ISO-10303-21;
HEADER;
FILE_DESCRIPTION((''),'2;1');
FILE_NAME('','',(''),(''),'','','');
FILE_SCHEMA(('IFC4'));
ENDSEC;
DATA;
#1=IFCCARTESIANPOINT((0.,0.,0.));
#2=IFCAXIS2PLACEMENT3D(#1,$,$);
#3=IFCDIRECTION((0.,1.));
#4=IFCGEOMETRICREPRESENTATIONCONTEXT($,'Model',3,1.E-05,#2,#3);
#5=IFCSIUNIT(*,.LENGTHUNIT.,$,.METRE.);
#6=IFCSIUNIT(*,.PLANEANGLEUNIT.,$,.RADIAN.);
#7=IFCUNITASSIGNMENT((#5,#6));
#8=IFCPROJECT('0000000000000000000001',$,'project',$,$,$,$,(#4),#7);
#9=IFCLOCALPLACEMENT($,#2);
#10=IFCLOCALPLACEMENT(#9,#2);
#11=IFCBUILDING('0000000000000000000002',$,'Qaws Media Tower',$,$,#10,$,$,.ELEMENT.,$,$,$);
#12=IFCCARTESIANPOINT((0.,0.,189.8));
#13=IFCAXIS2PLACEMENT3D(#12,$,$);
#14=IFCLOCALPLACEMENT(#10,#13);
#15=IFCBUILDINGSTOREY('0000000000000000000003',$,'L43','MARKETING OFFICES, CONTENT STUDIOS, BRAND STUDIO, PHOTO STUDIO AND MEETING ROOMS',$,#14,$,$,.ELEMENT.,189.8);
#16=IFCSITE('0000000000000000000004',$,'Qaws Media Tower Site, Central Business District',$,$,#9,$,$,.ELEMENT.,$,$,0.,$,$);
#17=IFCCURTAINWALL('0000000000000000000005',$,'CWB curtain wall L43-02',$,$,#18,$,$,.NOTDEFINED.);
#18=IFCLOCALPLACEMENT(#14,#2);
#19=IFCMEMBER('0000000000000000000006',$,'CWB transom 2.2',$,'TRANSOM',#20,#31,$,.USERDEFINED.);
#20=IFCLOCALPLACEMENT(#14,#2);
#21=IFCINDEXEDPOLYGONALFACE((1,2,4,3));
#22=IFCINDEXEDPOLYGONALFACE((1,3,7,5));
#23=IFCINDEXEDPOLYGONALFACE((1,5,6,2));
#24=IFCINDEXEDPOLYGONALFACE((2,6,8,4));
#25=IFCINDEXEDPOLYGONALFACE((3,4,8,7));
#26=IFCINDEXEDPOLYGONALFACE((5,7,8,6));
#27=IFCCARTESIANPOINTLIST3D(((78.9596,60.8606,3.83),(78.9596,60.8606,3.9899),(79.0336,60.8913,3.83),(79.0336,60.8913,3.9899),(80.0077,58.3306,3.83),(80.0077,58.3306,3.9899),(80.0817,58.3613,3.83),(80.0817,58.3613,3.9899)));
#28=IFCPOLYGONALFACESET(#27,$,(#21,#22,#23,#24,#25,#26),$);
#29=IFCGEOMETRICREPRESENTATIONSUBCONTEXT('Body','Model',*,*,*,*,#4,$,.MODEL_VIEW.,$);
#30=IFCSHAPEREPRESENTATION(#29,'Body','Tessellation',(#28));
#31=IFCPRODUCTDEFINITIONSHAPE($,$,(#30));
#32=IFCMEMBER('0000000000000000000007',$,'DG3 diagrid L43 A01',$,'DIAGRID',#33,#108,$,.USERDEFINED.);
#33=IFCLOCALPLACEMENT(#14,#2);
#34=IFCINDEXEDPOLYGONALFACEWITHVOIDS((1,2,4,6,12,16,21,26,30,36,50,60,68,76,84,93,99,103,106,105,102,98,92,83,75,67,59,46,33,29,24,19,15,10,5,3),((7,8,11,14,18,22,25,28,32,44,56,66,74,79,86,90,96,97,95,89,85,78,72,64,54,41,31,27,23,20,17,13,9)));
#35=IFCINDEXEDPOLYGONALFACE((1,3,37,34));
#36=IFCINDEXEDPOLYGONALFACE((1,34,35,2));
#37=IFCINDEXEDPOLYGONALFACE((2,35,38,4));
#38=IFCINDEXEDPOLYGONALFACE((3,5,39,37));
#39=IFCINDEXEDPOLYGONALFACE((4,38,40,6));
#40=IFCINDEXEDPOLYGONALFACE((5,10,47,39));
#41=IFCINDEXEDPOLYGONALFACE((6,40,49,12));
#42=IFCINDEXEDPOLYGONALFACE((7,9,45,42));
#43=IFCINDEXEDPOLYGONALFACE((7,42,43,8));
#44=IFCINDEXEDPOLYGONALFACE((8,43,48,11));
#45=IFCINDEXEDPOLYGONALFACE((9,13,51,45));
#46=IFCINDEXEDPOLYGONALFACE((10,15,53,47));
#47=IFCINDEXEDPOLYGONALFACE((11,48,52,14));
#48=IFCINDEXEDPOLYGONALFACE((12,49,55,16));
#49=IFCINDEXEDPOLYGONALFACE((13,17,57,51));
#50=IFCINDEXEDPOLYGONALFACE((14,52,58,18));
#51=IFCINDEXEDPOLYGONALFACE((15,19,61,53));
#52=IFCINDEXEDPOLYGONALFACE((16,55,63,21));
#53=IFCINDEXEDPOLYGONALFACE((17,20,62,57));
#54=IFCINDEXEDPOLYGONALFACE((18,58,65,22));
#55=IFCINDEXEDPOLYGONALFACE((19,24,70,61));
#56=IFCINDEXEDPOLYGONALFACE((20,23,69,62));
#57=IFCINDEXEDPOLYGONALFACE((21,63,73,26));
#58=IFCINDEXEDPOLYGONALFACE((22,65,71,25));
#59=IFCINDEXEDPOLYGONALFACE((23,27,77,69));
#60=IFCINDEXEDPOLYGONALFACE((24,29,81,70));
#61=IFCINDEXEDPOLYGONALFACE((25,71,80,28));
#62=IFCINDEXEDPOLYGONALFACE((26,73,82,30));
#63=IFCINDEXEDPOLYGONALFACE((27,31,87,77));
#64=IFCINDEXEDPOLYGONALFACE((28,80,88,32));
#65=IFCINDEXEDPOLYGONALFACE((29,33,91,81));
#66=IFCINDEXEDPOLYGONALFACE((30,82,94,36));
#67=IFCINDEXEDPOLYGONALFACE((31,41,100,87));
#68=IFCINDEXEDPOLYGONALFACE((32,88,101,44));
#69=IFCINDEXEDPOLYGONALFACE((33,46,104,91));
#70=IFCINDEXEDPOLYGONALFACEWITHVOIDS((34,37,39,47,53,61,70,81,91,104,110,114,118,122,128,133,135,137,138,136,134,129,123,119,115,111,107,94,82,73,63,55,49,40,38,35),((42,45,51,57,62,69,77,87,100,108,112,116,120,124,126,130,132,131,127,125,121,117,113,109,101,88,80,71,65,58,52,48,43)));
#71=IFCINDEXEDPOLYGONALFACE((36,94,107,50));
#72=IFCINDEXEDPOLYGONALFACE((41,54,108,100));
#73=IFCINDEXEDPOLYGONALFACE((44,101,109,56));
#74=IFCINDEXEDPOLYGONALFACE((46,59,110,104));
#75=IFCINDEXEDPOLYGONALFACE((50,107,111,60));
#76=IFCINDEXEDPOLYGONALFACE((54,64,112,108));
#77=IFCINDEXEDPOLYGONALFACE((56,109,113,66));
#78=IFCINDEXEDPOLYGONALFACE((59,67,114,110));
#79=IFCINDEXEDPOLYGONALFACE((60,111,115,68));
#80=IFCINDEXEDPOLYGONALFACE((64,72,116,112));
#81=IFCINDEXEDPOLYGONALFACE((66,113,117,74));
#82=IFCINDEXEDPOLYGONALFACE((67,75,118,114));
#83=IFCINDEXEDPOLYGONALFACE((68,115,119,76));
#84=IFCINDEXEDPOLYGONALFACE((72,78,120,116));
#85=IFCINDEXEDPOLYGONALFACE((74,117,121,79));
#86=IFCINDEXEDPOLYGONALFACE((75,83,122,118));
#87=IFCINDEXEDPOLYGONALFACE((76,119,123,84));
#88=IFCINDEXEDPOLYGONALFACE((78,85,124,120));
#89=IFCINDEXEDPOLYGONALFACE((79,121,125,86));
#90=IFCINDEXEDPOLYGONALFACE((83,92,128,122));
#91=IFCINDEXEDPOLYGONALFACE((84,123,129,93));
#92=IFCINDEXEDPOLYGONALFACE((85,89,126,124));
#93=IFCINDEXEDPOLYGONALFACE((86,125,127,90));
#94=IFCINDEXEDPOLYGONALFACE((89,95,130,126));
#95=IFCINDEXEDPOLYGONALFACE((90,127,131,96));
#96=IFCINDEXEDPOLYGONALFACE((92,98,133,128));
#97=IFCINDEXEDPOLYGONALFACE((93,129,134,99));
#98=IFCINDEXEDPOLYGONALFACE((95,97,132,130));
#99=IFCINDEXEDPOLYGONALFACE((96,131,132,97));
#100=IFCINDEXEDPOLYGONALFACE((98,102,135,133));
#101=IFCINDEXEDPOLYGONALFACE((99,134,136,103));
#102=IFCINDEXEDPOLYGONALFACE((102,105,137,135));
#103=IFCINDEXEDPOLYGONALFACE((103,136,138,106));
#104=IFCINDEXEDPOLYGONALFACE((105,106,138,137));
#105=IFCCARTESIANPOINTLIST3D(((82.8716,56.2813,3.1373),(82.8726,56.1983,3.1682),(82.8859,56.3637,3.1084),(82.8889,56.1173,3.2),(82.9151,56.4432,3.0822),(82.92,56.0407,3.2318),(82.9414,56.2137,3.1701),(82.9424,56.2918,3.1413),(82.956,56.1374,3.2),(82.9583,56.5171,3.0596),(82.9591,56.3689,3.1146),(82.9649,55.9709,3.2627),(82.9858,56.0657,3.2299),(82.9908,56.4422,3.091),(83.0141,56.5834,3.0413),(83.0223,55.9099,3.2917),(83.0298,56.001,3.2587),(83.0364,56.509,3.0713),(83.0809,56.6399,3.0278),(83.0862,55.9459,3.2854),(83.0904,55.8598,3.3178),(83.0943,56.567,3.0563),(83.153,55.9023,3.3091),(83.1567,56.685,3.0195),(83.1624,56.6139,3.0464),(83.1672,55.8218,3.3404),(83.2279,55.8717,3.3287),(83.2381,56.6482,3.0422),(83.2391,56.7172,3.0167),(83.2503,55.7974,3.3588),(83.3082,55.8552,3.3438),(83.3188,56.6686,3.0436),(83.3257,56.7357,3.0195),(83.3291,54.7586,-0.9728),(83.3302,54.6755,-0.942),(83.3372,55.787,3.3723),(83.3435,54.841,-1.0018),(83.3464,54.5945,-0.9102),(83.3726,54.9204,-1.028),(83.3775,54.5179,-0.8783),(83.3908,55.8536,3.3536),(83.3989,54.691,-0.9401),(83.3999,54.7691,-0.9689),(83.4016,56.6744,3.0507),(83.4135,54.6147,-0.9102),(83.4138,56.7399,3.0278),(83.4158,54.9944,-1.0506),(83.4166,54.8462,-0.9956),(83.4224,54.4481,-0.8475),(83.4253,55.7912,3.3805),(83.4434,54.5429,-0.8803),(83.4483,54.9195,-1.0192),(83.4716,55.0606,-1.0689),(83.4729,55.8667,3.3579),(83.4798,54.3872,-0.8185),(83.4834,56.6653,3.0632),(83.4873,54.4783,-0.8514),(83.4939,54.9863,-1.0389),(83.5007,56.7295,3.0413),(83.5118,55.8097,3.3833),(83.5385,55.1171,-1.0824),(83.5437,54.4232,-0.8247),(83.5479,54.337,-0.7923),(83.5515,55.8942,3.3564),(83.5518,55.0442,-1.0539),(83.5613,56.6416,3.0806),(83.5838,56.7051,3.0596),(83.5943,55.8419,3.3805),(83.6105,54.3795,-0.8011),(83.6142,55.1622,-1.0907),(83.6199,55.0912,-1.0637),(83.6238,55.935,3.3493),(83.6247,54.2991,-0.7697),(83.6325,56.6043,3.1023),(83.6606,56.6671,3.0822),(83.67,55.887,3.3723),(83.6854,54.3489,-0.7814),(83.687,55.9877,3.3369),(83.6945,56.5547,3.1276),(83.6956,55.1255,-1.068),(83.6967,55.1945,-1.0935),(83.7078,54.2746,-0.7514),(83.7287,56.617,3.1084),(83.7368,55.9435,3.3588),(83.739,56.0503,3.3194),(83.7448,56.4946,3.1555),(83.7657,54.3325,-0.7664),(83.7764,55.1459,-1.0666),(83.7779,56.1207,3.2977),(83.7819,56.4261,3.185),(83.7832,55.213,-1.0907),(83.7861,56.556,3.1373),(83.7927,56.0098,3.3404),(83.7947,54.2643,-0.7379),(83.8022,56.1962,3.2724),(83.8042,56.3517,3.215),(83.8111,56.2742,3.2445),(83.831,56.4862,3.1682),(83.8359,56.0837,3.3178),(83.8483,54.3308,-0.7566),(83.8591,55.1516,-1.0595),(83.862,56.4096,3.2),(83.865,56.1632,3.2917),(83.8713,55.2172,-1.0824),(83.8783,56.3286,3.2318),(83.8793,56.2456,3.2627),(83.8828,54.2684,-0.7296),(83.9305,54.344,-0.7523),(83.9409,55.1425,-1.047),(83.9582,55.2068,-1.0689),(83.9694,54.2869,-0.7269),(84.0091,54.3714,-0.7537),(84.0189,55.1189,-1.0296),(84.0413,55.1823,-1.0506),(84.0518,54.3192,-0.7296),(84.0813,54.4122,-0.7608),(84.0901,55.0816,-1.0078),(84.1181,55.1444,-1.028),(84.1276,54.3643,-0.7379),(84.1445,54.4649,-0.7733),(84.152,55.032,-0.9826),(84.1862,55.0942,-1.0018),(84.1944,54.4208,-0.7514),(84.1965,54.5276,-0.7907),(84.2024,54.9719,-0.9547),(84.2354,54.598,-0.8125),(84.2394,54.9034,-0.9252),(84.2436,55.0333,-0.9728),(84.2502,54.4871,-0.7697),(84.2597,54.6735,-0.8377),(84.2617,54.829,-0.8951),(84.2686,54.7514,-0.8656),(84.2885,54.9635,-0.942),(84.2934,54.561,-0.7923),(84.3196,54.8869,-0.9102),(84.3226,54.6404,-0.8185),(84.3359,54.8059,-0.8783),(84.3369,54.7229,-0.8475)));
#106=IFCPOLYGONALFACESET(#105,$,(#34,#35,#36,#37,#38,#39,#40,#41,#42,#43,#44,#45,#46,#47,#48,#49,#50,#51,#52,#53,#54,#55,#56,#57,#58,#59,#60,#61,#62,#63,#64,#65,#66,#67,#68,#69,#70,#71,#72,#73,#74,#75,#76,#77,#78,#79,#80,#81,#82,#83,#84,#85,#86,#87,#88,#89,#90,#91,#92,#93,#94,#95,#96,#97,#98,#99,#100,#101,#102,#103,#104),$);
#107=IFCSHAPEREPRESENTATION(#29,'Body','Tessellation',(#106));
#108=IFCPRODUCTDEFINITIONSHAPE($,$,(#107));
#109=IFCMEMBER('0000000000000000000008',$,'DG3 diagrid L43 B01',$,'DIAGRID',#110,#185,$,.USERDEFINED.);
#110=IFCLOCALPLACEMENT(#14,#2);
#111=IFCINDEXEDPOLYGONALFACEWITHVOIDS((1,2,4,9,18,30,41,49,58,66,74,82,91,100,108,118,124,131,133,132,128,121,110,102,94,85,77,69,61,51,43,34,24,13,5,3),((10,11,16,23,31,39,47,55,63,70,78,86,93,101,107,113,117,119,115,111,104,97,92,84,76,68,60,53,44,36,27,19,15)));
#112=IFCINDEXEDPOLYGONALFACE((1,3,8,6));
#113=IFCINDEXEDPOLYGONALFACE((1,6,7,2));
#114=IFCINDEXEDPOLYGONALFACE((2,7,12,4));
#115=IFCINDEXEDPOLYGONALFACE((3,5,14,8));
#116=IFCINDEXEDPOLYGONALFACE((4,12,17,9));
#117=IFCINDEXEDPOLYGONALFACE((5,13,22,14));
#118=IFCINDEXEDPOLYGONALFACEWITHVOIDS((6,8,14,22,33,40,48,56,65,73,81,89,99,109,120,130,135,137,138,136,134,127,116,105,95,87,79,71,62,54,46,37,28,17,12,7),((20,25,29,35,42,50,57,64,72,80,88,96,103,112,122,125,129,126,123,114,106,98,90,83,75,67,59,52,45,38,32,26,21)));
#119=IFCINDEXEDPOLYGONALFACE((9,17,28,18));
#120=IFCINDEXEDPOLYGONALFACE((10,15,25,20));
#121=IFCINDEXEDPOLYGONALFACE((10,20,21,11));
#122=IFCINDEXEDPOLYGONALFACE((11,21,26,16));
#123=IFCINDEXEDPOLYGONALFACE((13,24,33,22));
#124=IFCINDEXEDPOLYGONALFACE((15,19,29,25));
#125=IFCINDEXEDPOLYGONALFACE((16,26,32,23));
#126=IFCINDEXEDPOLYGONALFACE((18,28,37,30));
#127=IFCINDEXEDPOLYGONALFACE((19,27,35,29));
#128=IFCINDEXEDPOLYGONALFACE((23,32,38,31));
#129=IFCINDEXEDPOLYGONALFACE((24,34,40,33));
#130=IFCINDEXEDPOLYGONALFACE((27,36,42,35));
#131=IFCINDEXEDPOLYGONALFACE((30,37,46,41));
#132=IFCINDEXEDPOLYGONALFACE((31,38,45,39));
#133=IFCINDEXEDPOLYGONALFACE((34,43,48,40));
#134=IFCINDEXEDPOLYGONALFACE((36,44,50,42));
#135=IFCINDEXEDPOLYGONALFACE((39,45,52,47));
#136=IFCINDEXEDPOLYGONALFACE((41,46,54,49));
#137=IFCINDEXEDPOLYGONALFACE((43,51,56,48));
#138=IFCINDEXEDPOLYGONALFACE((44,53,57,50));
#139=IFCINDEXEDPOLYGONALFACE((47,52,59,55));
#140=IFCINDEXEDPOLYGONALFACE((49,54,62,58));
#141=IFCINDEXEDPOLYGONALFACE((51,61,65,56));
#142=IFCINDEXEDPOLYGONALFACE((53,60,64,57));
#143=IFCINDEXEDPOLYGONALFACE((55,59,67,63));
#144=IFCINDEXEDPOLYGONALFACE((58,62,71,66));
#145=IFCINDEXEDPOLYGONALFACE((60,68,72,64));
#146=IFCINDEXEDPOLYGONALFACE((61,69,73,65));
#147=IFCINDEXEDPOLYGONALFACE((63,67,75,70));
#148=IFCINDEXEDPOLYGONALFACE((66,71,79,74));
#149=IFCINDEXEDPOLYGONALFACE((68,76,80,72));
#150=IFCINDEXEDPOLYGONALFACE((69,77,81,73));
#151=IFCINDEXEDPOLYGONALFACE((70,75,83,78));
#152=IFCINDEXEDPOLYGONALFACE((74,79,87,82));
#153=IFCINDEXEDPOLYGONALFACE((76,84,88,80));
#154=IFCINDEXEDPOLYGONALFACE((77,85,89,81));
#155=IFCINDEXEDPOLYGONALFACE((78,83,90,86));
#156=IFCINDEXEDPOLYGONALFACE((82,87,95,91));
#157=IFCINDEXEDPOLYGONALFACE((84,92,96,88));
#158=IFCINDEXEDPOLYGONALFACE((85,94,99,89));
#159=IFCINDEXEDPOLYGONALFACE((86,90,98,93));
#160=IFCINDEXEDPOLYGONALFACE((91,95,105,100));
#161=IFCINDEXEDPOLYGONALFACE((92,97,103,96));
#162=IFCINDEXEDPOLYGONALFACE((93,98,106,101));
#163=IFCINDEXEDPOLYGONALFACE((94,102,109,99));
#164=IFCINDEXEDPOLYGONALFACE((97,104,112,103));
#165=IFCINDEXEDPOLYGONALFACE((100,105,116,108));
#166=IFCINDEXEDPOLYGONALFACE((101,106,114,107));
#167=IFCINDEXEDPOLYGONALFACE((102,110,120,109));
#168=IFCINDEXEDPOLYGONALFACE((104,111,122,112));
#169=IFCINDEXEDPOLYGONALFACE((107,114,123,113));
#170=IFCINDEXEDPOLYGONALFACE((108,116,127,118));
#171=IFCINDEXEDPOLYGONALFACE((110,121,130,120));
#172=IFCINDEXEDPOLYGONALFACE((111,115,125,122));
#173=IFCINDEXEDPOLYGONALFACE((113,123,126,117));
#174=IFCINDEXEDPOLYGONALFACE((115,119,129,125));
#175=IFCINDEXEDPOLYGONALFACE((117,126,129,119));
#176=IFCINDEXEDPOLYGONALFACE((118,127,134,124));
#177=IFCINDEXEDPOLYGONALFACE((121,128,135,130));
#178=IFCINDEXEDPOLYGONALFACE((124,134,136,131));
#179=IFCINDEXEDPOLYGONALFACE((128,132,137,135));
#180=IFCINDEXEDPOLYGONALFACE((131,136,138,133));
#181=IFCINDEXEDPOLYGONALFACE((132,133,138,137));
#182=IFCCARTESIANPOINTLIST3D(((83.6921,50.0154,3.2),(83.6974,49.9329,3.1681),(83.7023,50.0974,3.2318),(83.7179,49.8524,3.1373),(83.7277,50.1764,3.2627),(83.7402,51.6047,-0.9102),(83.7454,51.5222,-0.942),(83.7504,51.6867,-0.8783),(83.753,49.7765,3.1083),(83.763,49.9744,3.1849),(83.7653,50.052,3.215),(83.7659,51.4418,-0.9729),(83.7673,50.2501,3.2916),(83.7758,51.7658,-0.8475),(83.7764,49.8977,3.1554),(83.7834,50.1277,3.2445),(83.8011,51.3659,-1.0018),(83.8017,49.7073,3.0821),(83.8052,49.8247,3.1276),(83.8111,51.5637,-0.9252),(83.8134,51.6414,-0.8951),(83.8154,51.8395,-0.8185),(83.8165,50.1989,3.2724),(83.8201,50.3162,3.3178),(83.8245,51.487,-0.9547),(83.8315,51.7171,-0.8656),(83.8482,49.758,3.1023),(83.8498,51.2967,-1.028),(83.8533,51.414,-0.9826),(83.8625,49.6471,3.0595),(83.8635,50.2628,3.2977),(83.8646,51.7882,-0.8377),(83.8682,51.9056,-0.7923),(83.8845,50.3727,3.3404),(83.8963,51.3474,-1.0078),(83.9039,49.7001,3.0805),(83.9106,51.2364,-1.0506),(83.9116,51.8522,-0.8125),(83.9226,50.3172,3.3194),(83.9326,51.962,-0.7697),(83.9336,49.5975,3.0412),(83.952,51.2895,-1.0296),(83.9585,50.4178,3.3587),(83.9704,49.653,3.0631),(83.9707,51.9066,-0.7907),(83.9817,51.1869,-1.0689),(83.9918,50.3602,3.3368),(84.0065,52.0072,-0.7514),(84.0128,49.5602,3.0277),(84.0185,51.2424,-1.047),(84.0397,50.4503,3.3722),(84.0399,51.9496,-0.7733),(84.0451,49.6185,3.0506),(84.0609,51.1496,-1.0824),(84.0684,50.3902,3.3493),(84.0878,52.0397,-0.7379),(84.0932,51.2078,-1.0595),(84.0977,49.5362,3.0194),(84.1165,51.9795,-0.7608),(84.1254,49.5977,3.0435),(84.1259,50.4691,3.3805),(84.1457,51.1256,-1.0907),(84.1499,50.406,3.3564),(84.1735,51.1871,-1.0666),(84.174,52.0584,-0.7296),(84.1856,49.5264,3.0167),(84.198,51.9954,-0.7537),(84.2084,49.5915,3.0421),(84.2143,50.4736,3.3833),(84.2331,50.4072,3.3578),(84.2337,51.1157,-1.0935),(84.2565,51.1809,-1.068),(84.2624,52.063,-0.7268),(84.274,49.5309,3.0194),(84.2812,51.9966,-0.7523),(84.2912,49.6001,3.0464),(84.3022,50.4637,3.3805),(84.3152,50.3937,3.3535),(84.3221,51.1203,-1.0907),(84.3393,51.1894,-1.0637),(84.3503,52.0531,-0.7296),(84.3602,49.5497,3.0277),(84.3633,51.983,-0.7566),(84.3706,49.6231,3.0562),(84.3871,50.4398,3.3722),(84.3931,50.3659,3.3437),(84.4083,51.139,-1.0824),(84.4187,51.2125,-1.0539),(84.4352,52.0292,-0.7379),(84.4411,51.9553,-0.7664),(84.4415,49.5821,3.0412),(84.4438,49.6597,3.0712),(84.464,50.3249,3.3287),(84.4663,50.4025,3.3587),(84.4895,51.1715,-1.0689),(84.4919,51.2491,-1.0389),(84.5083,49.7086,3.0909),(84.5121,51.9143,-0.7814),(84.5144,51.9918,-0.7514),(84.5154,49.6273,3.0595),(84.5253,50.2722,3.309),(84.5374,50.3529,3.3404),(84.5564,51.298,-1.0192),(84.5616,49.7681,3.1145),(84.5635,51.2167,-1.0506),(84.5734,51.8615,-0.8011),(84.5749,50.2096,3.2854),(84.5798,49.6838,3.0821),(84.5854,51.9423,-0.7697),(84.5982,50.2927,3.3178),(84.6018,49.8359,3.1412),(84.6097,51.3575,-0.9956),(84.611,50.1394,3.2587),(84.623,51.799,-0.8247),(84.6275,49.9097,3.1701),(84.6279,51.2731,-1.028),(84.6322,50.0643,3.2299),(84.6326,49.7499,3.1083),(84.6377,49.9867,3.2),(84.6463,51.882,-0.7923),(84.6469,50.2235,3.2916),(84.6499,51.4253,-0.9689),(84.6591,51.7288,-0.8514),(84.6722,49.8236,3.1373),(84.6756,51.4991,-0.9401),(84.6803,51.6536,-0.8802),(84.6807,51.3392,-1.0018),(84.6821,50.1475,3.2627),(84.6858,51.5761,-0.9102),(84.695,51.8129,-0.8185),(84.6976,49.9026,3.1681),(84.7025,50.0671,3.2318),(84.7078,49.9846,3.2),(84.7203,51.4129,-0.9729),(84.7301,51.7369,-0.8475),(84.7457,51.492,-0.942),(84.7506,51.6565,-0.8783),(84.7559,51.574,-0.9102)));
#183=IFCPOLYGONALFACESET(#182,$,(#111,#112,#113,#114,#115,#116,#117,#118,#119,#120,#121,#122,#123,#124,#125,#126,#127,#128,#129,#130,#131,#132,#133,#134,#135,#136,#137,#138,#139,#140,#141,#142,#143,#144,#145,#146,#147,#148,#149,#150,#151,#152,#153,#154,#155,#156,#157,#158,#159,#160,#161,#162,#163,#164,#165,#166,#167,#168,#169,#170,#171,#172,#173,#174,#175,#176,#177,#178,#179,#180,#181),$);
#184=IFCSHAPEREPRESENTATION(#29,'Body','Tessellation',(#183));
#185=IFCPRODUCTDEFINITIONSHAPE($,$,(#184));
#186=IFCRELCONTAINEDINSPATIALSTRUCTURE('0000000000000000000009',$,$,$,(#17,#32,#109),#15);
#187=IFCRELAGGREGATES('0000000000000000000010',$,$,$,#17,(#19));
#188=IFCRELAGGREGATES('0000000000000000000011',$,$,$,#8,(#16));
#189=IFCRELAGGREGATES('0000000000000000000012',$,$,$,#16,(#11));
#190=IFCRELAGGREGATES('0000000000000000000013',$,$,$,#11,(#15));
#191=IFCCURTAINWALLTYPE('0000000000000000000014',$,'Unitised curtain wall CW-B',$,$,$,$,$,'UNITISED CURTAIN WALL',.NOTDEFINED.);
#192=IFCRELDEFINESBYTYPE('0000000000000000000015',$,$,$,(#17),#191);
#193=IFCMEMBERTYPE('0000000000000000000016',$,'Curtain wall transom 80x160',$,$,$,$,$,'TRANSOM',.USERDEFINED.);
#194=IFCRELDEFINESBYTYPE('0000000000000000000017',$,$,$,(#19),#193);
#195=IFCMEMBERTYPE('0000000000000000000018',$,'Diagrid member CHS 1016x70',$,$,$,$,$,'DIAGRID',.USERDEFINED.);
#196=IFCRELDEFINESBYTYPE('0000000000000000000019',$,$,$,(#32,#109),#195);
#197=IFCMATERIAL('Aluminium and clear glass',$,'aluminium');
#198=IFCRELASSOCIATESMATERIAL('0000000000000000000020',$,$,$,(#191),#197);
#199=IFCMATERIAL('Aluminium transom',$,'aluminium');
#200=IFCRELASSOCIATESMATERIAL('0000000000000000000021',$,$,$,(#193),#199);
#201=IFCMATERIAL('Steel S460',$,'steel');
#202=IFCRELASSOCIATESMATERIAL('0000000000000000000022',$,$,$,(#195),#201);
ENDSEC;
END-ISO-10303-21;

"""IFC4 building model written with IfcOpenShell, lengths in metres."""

from ifc_helpers import new_model, si_unit, direction, frame, origin, origin_2d, place, context, subcontext, project, spatial, rectangle, hollow_circle, extrude, material, material_profile, profile_set, type_object, element, aggregate, save


model = new_model("IFC4")

# Units and contexts
model_context = context("Model", 3, precision=1e-05, world=origin(), true_north=direction((0.0, 1.0)))
body_context = subcontext(model_context, "Body", "Model", "MODEL_VIEW")
ifc_project = project(units=[si_unit("LENGTHUNIT", "METRE"), si_unit("PLANEANGLEUNIT", "RADIAN")], contexts=[model_context])

# Site, building, storey
site_placement = place(None, origin())
site = spatial("IfcSite", under=ifc_project, at=site_placement, Name="Qaws Media Tower Site, Central Business District", CompositionType="ELEMENT", RefElevation=0.0)
building_placement = place(site_placement, origin())
building = spatial("IfcBuilding", under=site, at=building_placement, Name="Qaws Media Tower", CompositionType="ELEMENT")
storey_placement = place(building_placement, frame((0.0, 0.0, 189.8)))
storey = spatial("IfcBuildingStorey", under=building, at=storey_placement, Name="L43", Description="MARKETING OFFICES, CONTENT STUDIOS, BRAND STUDIO, PHOTO STUDIO AND MEETING ROOMS", CompositionType="ELEMENT", Elevation=189.8)

# Curtain wall
ifc_material_1 = material(Name="Aluminium and clear glass", Category="aluminium")
curtain_wall_type = type_object("IfcCurtainWallType", Name="Unitised curtain wall CW-B", ElementType="UNITISED CURTAIN WALL", PredefinedType="NOTDEFINED", material=ifc_material_1)
curtain_wall_1_placement = place(storey_placement, origin())
curtain_wall_1 = element("IfcCurtainWall", 1, at=curtain_wall_1_placement, inside=storey, type_object=curtain_wall_type, Name="CWB curtain wall L43-02", PredefinedType="NOTDEFINED")

# Member
ifc_material_2 = material(Name="Aluminium transom", Category="aluminium")
ifc_material_profile_1 = material_profile(ifc_material_2, rectangle(XDim=0.0801, YDim=0.1599, at=origin_2d()), Name="80x160")
ifc_profile_set_1 = profile_set([ifc_material_profile_1], Name="Aluminium transom")
member_type_1 = type_object("IfcMemberType", Name="Curtain wall transom 80x160", ElementType="TRANSOM", PredefinedType="USERDEFINED", material=ifc_profile_set_1)
member_1_placement = place(storey_placement, frame((80.0447, 58.3459, 3.9099), z_axis=(-0.382722, 0.923864, 0.0), x_axis=(-0.923864, -0.382722, 0.0)))
member_1 = element("IfcMember", 2, at=member_1_placement, type_object=member_type_1, Name="CWB transom 2.2", ObjectType="TRANSOM", PredefinedType="USERDEFINED", context=body_context, shape_type="SweptSolid", body=[
    extrude(rectangle(XDim=0.0801, YDim=0.1599, at=origin_2d()), origin(), (0.0, 0.0, 1.0), 2.7385),
])

# Members
ifc_material_3 = material(Name="Steel S460", Category="steel")
ifc_material_profile_2 = material_profile(ifc_material_3, hollow_circle(Radius=0.5081, WallThickness=0.0701, at=origin_2d()), Name="CHS 1016x70")
ifc_profile_set_2 = profile_set([ifc_material_profile_2], Name="Steel S460")
member_type_2 = type_object("IfcMemberType", Name="Diagrid member CHS 1016x70", ElementType="DIAGRID", PredefinedType="USERDEFINED", material=ifc_profile_set_2)
for number, where, z_axis, x_axis, name in (
    (3, (83.833, 54.7407, -0.9102), (-0.103818, 0.345526, 0.932649), (-0.957704, -0.287756, 0.0), "DG3 diagrid L43 A01"),
    (4, (84.248, 51.5894, -0.9102), (-0.010914, -0.360646, 0.932639), (0.999542, -0.030247, 0.0), "DG3 diagrid L43 B01"),
):
    element("IfcMember", number, at=place(storey_placement, frame(where, z_axis=z_axis, x_axis=x_axis)), inside=storey, type_object=member_type_2, Name=name, ObjectType="DIAGRID", PredefinedType="USERDEFINED", context=body_context, shape_type="SweptSolid", body=[
        extrude(hollow_circle(Radius=0.5081, WallThickness=0.0701, at=origin_2d()), origin(), (0.0, 0.0, 1.0), 4.407),
    ])

aggregate(curtain_wall_1, [member_1])

save(model, "model.ifc")
